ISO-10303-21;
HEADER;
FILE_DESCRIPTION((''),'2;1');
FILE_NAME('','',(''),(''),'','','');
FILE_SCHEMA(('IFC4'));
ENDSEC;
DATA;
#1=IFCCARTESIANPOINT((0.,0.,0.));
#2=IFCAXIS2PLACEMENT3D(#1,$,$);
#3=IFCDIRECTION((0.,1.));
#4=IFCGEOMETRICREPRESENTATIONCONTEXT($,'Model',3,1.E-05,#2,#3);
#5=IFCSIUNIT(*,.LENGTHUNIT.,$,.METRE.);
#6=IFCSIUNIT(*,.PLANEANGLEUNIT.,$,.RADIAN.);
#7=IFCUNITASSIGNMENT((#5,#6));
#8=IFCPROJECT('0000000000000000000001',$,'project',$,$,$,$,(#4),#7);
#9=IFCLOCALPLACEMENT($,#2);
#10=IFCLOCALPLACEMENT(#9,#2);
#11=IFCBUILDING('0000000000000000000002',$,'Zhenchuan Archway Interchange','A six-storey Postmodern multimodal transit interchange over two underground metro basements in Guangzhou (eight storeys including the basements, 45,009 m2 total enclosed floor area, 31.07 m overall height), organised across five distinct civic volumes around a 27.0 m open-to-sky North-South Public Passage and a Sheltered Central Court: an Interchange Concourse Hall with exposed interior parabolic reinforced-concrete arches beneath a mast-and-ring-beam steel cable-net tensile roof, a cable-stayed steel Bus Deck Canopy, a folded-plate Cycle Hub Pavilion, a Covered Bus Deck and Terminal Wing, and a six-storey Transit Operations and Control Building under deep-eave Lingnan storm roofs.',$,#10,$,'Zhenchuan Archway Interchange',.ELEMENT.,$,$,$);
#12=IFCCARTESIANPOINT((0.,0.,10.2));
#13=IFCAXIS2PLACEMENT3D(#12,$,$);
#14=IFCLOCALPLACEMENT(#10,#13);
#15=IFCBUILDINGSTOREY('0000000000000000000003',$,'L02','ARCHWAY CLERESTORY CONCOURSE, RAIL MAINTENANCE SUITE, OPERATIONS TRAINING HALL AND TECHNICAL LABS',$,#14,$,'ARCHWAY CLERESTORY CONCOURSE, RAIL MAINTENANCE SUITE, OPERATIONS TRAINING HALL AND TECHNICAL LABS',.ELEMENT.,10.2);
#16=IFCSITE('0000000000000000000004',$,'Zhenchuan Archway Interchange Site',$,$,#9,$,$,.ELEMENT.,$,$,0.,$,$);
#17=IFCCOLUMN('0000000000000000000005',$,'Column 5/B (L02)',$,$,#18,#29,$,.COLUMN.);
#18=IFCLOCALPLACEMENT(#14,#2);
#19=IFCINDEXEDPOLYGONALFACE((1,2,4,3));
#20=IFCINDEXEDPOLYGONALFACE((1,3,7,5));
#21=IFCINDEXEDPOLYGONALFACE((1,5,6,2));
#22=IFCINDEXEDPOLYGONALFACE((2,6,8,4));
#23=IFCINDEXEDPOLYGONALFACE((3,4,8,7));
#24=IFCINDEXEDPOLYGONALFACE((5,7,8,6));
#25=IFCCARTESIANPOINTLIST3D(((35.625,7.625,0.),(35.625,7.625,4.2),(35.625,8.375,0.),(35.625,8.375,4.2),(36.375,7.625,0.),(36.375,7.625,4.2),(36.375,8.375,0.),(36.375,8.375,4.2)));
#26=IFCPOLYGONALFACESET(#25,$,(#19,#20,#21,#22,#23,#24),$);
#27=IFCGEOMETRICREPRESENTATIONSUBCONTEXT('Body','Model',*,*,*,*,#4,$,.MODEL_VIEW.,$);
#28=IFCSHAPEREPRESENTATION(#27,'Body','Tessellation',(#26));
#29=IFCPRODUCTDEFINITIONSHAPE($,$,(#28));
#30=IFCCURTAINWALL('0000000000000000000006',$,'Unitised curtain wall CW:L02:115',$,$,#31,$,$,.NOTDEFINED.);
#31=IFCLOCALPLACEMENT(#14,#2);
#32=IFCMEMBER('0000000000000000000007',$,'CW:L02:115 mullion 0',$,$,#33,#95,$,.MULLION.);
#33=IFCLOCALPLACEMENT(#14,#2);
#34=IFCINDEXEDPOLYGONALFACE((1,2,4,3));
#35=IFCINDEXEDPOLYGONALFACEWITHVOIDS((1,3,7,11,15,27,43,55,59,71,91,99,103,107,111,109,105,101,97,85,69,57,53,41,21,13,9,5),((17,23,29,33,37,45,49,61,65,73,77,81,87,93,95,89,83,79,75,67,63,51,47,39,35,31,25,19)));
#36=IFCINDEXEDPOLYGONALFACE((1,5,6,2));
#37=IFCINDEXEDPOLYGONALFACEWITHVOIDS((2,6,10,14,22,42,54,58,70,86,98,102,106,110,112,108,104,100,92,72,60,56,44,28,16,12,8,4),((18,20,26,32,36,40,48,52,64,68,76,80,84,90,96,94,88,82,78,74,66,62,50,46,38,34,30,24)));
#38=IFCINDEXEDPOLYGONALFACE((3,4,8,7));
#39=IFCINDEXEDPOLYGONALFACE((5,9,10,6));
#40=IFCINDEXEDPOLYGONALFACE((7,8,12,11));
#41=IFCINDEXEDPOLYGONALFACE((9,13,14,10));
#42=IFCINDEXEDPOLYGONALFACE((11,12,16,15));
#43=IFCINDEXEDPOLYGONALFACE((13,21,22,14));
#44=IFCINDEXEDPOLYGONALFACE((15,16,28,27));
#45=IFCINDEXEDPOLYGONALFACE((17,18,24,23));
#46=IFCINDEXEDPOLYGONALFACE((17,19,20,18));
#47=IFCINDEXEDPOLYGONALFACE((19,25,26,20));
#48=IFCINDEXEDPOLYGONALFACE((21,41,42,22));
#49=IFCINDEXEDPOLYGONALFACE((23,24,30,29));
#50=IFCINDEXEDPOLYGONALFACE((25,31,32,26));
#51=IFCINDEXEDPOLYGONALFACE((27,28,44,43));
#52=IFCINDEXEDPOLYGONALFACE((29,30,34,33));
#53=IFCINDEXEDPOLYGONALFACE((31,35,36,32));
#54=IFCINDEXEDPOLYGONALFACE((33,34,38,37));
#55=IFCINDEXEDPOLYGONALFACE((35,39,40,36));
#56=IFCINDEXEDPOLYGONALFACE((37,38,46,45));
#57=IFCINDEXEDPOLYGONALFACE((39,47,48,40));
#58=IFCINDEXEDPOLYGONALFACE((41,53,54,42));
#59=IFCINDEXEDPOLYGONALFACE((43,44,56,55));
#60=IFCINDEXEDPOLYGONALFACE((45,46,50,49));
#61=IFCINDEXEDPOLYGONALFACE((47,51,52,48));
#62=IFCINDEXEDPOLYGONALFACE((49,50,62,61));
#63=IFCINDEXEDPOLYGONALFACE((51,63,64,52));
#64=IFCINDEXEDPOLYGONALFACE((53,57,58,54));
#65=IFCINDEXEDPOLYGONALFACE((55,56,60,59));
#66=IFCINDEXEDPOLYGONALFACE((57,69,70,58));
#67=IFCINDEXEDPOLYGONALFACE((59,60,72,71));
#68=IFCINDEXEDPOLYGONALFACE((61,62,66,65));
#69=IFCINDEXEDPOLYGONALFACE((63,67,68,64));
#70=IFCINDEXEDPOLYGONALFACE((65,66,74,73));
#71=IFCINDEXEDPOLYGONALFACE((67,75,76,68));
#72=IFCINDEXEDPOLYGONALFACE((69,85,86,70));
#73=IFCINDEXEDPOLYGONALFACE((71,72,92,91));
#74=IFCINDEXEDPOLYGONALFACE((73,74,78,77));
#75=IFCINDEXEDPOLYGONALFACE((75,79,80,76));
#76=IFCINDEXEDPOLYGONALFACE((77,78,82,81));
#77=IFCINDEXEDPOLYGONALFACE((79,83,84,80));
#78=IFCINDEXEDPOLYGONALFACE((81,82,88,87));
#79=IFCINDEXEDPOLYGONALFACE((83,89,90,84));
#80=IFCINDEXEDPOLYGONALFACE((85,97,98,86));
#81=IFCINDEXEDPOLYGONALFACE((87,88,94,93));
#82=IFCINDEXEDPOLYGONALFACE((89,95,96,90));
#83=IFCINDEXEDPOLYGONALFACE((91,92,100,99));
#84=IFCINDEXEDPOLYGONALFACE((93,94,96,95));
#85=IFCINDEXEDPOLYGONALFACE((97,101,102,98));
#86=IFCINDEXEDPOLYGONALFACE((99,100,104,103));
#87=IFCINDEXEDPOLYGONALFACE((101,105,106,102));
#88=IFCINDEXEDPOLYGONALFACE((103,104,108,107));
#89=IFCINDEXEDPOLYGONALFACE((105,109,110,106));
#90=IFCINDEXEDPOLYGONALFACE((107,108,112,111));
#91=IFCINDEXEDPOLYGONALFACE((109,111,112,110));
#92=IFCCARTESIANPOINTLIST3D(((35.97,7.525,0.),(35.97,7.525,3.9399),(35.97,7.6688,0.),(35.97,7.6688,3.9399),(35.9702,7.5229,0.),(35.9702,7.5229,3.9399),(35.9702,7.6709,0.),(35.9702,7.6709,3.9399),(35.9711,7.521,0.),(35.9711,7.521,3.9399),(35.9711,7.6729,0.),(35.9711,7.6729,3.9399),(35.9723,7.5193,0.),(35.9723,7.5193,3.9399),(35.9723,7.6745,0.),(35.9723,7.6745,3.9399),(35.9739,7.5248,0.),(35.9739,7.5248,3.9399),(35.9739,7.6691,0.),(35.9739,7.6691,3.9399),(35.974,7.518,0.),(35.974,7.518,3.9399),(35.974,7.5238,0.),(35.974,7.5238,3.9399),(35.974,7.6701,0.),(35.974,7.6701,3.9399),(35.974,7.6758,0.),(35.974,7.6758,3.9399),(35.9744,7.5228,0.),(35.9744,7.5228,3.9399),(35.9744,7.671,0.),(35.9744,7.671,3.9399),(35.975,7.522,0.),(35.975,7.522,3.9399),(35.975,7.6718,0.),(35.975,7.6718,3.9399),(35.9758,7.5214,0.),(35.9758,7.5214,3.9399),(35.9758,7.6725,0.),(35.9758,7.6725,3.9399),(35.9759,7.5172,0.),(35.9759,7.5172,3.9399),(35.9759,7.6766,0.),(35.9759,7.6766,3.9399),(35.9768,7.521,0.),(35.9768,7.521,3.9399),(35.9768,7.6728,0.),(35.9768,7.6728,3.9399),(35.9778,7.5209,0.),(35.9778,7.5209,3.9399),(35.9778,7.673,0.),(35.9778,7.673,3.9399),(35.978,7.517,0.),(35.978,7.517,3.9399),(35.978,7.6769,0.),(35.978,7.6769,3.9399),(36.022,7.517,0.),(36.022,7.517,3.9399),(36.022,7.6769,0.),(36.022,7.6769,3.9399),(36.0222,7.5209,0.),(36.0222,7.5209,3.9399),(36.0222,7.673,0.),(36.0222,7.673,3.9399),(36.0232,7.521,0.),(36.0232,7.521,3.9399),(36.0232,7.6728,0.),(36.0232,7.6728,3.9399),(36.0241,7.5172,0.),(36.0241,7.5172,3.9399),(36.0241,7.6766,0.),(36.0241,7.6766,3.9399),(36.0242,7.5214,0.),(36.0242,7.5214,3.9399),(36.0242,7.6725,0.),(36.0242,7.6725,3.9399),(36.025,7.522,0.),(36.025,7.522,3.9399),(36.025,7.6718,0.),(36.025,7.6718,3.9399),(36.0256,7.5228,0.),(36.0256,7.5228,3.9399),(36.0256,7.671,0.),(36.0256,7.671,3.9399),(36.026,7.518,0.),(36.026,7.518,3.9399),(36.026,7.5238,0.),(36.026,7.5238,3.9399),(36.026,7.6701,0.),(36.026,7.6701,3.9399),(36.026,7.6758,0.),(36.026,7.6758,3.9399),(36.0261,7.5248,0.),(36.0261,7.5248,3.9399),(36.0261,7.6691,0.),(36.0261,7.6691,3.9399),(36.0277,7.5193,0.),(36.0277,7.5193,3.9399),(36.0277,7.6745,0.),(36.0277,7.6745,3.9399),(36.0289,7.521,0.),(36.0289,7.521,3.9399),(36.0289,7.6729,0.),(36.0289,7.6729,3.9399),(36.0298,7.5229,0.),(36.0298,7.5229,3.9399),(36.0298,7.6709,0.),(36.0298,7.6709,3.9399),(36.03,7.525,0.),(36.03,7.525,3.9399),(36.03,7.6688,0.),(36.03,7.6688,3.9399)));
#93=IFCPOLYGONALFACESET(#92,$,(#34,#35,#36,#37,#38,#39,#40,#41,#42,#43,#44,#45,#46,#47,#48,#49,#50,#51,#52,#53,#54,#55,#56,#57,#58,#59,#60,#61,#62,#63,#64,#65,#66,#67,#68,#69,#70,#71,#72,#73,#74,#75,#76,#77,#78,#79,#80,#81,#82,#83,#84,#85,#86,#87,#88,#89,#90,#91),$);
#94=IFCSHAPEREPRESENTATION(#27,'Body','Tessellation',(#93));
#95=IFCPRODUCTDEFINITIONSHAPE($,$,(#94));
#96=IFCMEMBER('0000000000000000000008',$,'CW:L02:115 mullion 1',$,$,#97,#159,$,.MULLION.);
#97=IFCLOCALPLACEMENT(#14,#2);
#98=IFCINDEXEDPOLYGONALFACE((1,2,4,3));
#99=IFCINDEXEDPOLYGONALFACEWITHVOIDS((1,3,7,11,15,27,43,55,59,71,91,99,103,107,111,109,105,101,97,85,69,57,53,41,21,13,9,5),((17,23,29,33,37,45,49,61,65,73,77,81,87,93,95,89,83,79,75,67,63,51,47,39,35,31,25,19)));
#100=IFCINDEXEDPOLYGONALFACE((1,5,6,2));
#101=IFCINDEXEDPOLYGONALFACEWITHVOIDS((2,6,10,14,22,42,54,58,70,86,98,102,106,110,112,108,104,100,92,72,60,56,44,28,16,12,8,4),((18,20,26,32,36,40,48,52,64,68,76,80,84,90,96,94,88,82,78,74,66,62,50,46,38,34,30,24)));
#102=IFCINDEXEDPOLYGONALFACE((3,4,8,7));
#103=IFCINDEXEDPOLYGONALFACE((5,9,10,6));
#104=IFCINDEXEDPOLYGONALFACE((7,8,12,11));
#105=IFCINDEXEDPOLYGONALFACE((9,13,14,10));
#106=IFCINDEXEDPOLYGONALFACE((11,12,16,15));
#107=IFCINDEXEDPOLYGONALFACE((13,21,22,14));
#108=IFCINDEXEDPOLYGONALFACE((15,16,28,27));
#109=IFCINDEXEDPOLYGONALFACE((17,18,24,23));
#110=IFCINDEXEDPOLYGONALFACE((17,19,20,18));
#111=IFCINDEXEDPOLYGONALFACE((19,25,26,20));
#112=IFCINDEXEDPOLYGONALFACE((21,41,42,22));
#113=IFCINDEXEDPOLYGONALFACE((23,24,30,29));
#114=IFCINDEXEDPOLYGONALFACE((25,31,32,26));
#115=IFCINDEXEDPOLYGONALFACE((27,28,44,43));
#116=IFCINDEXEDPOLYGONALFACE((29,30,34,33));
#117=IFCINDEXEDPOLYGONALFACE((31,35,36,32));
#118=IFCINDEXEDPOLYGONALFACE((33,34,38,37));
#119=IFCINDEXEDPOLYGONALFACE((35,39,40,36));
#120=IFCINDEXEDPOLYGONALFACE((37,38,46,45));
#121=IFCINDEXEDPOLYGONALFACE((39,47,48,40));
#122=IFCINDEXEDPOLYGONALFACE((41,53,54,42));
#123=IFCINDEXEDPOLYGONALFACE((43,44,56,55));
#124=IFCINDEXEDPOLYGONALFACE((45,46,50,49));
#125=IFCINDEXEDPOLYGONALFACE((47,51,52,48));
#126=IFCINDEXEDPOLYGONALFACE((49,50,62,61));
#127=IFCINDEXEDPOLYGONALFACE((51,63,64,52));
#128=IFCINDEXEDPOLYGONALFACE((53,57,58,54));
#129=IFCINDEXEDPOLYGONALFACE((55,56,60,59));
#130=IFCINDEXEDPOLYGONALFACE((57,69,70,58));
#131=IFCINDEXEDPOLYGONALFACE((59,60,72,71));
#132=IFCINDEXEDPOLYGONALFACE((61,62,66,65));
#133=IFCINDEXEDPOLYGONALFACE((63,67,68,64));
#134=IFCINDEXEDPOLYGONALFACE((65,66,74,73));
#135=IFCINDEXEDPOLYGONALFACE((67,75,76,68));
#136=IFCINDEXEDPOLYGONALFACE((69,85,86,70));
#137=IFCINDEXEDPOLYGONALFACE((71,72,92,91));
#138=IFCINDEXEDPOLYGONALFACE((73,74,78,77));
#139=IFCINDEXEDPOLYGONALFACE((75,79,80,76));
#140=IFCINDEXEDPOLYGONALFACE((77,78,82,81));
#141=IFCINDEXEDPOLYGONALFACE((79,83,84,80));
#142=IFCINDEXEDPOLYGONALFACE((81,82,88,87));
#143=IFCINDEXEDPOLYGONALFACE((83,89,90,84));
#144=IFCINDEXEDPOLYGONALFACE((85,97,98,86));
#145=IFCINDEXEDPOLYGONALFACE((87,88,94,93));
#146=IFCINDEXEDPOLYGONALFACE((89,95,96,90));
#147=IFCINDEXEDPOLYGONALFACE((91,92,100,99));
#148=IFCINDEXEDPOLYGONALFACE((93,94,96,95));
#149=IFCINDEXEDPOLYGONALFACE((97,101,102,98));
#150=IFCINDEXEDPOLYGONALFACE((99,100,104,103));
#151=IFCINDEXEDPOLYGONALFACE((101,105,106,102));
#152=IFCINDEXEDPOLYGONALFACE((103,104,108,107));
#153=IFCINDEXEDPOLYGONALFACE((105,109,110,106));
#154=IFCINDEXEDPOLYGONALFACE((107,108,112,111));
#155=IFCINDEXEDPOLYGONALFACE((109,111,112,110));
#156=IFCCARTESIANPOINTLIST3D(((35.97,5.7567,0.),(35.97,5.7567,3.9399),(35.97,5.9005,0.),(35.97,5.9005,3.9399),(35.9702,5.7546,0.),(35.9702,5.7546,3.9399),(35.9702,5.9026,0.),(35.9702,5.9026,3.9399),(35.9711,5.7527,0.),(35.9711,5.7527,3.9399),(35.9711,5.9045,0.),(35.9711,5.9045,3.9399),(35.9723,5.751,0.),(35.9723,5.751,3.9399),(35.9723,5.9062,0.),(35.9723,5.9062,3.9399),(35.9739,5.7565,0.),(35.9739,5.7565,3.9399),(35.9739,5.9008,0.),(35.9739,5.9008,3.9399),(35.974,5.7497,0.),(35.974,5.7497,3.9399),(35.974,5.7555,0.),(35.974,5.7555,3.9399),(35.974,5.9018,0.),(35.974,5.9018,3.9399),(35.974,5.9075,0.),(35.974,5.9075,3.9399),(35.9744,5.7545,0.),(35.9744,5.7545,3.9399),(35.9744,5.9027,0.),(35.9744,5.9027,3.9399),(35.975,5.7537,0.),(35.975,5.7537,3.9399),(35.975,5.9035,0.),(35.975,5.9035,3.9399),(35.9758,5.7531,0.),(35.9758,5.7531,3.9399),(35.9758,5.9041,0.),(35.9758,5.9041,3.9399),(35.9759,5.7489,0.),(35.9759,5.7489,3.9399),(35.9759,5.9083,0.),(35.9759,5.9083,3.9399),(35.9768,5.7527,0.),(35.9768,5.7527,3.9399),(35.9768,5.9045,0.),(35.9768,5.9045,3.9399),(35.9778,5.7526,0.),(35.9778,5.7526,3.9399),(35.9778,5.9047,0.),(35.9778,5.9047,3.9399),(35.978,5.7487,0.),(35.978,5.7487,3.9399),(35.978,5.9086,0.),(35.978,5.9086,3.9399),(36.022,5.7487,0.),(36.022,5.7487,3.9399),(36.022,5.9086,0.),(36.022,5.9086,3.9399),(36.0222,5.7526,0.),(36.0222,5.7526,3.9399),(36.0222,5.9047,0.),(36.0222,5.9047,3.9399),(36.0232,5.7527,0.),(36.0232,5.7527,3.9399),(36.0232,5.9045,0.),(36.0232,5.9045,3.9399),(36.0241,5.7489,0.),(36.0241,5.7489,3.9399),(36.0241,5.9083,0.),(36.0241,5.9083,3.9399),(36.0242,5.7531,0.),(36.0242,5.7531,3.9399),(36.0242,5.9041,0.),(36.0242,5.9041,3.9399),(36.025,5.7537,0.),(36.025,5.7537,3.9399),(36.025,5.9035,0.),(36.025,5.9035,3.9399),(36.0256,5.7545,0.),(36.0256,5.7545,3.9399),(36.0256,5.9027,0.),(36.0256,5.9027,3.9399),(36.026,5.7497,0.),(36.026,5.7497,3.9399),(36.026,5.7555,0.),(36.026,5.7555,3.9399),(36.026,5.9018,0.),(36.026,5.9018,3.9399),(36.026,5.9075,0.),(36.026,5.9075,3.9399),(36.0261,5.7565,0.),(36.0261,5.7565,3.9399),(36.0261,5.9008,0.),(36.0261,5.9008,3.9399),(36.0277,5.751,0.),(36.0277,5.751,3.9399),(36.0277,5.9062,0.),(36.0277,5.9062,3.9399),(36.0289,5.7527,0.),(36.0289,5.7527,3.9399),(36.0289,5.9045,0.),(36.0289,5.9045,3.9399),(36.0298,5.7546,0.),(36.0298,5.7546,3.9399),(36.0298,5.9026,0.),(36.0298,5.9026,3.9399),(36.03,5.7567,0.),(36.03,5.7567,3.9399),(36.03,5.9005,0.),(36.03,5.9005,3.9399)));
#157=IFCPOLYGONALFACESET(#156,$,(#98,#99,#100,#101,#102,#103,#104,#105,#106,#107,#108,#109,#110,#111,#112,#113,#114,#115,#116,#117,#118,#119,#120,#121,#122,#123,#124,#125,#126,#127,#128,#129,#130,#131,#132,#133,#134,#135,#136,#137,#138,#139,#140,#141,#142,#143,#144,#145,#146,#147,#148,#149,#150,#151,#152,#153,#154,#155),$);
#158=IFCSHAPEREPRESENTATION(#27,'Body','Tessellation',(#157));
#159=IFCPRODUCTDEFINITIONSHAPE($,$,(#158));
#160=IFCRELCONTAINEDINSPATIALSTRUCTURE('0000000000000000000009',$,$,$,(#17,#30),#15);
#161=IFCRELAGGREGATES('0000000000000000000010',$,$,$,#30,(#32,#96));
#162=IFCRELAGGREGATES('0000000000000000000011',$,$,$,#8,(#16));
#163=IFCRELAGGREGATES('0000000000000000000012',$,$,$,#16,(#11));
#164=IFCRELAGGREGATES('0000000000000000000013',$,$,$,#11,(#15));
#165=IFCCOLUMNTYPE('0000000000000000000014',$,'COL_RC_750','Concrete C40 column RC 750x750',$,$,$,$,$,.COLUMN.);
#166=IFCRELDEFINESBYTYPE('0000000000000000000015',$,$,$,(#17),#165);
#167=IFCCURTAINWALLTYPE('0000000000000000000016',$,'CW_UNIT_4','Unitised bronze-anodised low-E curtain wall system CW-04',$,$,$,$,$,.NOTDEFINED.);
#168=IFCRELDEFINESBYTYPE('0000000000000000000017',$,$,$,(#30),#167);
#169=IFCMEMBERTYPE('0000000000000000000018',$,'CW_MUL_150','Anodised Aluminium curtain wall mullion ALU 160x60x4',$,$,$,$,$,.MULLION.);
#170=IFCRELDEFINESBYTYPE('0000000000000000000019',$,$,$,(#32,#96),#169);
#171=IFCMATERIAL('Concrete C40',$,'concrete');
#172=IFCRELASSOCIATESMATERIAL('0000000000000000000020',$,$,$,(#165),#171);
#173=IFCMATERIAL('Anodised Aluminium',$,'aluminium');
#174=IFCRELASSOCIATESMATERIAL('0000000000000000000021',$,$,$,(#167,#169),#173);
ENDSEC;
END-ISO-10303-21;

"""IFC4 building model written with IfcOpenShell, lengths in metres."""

from ifc_helpers import new_model, si_unit, direction, frame, origin, origin_2d, place, context, subcontext, project, spatial, rectangle, hollow_rectangle, extrude, material, material_profile, profile_set, type_object, element, aggregate, save


model = new_model("IFC4")

# Units and contexts
model_context = context("Model", 3, precision=1e-05, world=origin(), true_north=direction((0.0, 1.0)))
body_context = subcontext(model_context, "Body", "Model", "MODEL_VIEW")
ifc_project = project(units=[si_unit("LENGTHUNIT", "METRE"), si_unit("PLANEANGLEUNIT", "RADIAN")], contexts=[model_context])

# Site, building, storey
site_placement = place(None, origin())
site = spatial("IfcSite", under=ifc_project, at=site_placement, Name="Zhenchuan Archway Interchange Site", CompositionType="ELEMENT", RefElevation=0.0)
building_placement = place(site_placement, origin())
building = spatial("IfcBuilding", under=site, at=building_placement, Name="Zhenchuan Archway Interchange", Description="A six-storey Postmodern multimodal transit interchange over two underground metro basements in Guangzhou (eight storeys including the basements, 45,009 m2 total enclosed floor area, 31.07 m overall height), organised across five distinct civic volumes around a 27.0 m open-to-sky North-South Public Passage and a Sheltered Central Court: an Interchange Concourse Hall with exposed interior parabolic reinforced-concrete arches beneath a mast-and-ring-beam steel cable-net tensile roof, a cable-stayed steel Bus Deck Canopy, a folded-plate Cycle Hub Pavilion, a Covered Bus Deck and Terminal Wing, and a six-storey Transit Operations and Control Building under deep-eave Lingnan storm roofs.", LongName="Zhenchuan Archway Interchange", CompositionType="ELEMENT")
storey_placement = place(building_placement, frame((0.0, 0.0, 10.2)))
storey = spatial("IfcBuildingStorey", under=building, at=storey_placement, Name="L02", Description="ARCHWAY CLERESTORY CONCOURSE, RAIL MAINTENANCE SUITE, OPERATIONS TRAINING HALL AND TECHNICAL LABS", LongName="ARCHWAY CLERESTORY CONCOURSE, RAIL MAINTENANCE SUITE, OPERATIONS TRAINING HALL AND TECHNICAL LABS", CompositionType="ELEMENT", Elevation=10.2)

# Column
ifc_material_1 = material(Name="Concrete C40", Category="concrete")
ifc_material_profile_1 = material_profile(ifc_material_1, rectangle(XDim=0.75, YDim=0.75, at=origin_2d()), Name="RC 750x750")
ifc_profile_set_1 = profile_set([ifc_material_profile_1], Name="Concrete C40")
column_type = type_object("IfcColumnType", Name="COL_RC_750", Description="Concrete C40 column RC 750x750", PredefinedType="COLUMN", material=ifc_profile_set_1)
column_placement = place(storey_placement, frame((36.0, 8.0, 0.0), z_axis=(0.0, 0.0, 1.0), x_axis=(1.0, 0.0, 0.0)))
element("IfcColumn", 1, at=column_placement, inside=storey, type_object=column_type, Name="Column 5/B (L02)", PredefinedType="COLUMN", context=body_context, shape_type="SweptSolid", body=[
    extrude(rectangle(XDim=0.75, YDim=0.75, at=origin_2d()), origin(), (0.0, 0.0, 1.0), 4.2),
])

# Curtain wall, members
ifc_material_2 = material(Name="Anodised Aluminium", Category="aluminium")
curtain_wall_type = type_object("IfcCurtainWallType", Name="CW_UNIT_4", Description="Unitised bronze-anodised low-E curtain wall system CW-04", PredefinedType="NOTDEFINED", material=ifc_material_2)
curtain_wall_placement = place(storey_placement, origin())
curtain_wall = element("IfcCurtainWall", 2, at=curtain_wall_placement, inside=storey, type_object=curtain_wall_type, Name="Unitised curtain wall CW:L02:115", PredefinedType="NOTDEFINED")
ifc_material_profile_2 = material_profile(ifc_material_2, hollow_rectangle(XDim=0.0601, YDim=0.1599, WallThickness=0.0039, InnerFilletRadius=0.0039, OuterFilletRadius=0.0081, at=origin_2d()), Name="ALU 160x60x4")
ifc_profile_set_2 = profile_set([ifc_material_profile_2], Name="Anodised Aluminium")
member_type_1 = type_object("IfcMemberType", Name="CW_MUL_150", Description="Anodised Aluminium curtain wall mullion ALU 160x60x4", PredefinedType="MULLION", material=ifc_profile_set_2)
member_1_placement = place(storey_placement, frame((36.0, 7.5969, 0.0), z_axis=(0.0, 0.0, 1.0), x_axis=(1.0, 0.0, 0.0)))
member_1 = element("IfcMember", 3, at=member_1_placement, type_object=member_type_1, Name="CW:L02:115 mullion 0", PredefinedType="MULLION", context=body_context, shape_type="SweptSolid", body=[
    extrude(hollow_rectangle(XDim=0.0601, YDim=0.1599, WallThickness=0.0039, InnerFilletRadius=0.0039, OuterFilletRadius=0.0081, at=origin_2d()), origin(), (0.0, 0.0, 1.0), 3.9399),
])
member_2_placement = place(storey_placement, frame((36.0, 5.8286, 0.0), z_axis=(0.0, 0.0, 1.0), x_axis=(1.0, 0.0, 0.0)))
member_2 = element("IfcMember", 4, at=member_2_placement, type_object=member_type_1, Name="CW:L02:115 mullion 1", PredefinedType="MULLION", context=body_context, shape_type="SweptSolid", body=[
    extrude(hollow_rectangle(XDim=0.0601, YDim=0.1599, WallThickness=0.0039, InnerFilletRadius=0.0039, OuterFilletRadius=0.0081, at=origin_2d()), origin(), (0.0, 0.0, 1.0), 3.9399),
])

aggregate(curtain_wall, [member_1, member_2])

save(model, "model.ifc")
